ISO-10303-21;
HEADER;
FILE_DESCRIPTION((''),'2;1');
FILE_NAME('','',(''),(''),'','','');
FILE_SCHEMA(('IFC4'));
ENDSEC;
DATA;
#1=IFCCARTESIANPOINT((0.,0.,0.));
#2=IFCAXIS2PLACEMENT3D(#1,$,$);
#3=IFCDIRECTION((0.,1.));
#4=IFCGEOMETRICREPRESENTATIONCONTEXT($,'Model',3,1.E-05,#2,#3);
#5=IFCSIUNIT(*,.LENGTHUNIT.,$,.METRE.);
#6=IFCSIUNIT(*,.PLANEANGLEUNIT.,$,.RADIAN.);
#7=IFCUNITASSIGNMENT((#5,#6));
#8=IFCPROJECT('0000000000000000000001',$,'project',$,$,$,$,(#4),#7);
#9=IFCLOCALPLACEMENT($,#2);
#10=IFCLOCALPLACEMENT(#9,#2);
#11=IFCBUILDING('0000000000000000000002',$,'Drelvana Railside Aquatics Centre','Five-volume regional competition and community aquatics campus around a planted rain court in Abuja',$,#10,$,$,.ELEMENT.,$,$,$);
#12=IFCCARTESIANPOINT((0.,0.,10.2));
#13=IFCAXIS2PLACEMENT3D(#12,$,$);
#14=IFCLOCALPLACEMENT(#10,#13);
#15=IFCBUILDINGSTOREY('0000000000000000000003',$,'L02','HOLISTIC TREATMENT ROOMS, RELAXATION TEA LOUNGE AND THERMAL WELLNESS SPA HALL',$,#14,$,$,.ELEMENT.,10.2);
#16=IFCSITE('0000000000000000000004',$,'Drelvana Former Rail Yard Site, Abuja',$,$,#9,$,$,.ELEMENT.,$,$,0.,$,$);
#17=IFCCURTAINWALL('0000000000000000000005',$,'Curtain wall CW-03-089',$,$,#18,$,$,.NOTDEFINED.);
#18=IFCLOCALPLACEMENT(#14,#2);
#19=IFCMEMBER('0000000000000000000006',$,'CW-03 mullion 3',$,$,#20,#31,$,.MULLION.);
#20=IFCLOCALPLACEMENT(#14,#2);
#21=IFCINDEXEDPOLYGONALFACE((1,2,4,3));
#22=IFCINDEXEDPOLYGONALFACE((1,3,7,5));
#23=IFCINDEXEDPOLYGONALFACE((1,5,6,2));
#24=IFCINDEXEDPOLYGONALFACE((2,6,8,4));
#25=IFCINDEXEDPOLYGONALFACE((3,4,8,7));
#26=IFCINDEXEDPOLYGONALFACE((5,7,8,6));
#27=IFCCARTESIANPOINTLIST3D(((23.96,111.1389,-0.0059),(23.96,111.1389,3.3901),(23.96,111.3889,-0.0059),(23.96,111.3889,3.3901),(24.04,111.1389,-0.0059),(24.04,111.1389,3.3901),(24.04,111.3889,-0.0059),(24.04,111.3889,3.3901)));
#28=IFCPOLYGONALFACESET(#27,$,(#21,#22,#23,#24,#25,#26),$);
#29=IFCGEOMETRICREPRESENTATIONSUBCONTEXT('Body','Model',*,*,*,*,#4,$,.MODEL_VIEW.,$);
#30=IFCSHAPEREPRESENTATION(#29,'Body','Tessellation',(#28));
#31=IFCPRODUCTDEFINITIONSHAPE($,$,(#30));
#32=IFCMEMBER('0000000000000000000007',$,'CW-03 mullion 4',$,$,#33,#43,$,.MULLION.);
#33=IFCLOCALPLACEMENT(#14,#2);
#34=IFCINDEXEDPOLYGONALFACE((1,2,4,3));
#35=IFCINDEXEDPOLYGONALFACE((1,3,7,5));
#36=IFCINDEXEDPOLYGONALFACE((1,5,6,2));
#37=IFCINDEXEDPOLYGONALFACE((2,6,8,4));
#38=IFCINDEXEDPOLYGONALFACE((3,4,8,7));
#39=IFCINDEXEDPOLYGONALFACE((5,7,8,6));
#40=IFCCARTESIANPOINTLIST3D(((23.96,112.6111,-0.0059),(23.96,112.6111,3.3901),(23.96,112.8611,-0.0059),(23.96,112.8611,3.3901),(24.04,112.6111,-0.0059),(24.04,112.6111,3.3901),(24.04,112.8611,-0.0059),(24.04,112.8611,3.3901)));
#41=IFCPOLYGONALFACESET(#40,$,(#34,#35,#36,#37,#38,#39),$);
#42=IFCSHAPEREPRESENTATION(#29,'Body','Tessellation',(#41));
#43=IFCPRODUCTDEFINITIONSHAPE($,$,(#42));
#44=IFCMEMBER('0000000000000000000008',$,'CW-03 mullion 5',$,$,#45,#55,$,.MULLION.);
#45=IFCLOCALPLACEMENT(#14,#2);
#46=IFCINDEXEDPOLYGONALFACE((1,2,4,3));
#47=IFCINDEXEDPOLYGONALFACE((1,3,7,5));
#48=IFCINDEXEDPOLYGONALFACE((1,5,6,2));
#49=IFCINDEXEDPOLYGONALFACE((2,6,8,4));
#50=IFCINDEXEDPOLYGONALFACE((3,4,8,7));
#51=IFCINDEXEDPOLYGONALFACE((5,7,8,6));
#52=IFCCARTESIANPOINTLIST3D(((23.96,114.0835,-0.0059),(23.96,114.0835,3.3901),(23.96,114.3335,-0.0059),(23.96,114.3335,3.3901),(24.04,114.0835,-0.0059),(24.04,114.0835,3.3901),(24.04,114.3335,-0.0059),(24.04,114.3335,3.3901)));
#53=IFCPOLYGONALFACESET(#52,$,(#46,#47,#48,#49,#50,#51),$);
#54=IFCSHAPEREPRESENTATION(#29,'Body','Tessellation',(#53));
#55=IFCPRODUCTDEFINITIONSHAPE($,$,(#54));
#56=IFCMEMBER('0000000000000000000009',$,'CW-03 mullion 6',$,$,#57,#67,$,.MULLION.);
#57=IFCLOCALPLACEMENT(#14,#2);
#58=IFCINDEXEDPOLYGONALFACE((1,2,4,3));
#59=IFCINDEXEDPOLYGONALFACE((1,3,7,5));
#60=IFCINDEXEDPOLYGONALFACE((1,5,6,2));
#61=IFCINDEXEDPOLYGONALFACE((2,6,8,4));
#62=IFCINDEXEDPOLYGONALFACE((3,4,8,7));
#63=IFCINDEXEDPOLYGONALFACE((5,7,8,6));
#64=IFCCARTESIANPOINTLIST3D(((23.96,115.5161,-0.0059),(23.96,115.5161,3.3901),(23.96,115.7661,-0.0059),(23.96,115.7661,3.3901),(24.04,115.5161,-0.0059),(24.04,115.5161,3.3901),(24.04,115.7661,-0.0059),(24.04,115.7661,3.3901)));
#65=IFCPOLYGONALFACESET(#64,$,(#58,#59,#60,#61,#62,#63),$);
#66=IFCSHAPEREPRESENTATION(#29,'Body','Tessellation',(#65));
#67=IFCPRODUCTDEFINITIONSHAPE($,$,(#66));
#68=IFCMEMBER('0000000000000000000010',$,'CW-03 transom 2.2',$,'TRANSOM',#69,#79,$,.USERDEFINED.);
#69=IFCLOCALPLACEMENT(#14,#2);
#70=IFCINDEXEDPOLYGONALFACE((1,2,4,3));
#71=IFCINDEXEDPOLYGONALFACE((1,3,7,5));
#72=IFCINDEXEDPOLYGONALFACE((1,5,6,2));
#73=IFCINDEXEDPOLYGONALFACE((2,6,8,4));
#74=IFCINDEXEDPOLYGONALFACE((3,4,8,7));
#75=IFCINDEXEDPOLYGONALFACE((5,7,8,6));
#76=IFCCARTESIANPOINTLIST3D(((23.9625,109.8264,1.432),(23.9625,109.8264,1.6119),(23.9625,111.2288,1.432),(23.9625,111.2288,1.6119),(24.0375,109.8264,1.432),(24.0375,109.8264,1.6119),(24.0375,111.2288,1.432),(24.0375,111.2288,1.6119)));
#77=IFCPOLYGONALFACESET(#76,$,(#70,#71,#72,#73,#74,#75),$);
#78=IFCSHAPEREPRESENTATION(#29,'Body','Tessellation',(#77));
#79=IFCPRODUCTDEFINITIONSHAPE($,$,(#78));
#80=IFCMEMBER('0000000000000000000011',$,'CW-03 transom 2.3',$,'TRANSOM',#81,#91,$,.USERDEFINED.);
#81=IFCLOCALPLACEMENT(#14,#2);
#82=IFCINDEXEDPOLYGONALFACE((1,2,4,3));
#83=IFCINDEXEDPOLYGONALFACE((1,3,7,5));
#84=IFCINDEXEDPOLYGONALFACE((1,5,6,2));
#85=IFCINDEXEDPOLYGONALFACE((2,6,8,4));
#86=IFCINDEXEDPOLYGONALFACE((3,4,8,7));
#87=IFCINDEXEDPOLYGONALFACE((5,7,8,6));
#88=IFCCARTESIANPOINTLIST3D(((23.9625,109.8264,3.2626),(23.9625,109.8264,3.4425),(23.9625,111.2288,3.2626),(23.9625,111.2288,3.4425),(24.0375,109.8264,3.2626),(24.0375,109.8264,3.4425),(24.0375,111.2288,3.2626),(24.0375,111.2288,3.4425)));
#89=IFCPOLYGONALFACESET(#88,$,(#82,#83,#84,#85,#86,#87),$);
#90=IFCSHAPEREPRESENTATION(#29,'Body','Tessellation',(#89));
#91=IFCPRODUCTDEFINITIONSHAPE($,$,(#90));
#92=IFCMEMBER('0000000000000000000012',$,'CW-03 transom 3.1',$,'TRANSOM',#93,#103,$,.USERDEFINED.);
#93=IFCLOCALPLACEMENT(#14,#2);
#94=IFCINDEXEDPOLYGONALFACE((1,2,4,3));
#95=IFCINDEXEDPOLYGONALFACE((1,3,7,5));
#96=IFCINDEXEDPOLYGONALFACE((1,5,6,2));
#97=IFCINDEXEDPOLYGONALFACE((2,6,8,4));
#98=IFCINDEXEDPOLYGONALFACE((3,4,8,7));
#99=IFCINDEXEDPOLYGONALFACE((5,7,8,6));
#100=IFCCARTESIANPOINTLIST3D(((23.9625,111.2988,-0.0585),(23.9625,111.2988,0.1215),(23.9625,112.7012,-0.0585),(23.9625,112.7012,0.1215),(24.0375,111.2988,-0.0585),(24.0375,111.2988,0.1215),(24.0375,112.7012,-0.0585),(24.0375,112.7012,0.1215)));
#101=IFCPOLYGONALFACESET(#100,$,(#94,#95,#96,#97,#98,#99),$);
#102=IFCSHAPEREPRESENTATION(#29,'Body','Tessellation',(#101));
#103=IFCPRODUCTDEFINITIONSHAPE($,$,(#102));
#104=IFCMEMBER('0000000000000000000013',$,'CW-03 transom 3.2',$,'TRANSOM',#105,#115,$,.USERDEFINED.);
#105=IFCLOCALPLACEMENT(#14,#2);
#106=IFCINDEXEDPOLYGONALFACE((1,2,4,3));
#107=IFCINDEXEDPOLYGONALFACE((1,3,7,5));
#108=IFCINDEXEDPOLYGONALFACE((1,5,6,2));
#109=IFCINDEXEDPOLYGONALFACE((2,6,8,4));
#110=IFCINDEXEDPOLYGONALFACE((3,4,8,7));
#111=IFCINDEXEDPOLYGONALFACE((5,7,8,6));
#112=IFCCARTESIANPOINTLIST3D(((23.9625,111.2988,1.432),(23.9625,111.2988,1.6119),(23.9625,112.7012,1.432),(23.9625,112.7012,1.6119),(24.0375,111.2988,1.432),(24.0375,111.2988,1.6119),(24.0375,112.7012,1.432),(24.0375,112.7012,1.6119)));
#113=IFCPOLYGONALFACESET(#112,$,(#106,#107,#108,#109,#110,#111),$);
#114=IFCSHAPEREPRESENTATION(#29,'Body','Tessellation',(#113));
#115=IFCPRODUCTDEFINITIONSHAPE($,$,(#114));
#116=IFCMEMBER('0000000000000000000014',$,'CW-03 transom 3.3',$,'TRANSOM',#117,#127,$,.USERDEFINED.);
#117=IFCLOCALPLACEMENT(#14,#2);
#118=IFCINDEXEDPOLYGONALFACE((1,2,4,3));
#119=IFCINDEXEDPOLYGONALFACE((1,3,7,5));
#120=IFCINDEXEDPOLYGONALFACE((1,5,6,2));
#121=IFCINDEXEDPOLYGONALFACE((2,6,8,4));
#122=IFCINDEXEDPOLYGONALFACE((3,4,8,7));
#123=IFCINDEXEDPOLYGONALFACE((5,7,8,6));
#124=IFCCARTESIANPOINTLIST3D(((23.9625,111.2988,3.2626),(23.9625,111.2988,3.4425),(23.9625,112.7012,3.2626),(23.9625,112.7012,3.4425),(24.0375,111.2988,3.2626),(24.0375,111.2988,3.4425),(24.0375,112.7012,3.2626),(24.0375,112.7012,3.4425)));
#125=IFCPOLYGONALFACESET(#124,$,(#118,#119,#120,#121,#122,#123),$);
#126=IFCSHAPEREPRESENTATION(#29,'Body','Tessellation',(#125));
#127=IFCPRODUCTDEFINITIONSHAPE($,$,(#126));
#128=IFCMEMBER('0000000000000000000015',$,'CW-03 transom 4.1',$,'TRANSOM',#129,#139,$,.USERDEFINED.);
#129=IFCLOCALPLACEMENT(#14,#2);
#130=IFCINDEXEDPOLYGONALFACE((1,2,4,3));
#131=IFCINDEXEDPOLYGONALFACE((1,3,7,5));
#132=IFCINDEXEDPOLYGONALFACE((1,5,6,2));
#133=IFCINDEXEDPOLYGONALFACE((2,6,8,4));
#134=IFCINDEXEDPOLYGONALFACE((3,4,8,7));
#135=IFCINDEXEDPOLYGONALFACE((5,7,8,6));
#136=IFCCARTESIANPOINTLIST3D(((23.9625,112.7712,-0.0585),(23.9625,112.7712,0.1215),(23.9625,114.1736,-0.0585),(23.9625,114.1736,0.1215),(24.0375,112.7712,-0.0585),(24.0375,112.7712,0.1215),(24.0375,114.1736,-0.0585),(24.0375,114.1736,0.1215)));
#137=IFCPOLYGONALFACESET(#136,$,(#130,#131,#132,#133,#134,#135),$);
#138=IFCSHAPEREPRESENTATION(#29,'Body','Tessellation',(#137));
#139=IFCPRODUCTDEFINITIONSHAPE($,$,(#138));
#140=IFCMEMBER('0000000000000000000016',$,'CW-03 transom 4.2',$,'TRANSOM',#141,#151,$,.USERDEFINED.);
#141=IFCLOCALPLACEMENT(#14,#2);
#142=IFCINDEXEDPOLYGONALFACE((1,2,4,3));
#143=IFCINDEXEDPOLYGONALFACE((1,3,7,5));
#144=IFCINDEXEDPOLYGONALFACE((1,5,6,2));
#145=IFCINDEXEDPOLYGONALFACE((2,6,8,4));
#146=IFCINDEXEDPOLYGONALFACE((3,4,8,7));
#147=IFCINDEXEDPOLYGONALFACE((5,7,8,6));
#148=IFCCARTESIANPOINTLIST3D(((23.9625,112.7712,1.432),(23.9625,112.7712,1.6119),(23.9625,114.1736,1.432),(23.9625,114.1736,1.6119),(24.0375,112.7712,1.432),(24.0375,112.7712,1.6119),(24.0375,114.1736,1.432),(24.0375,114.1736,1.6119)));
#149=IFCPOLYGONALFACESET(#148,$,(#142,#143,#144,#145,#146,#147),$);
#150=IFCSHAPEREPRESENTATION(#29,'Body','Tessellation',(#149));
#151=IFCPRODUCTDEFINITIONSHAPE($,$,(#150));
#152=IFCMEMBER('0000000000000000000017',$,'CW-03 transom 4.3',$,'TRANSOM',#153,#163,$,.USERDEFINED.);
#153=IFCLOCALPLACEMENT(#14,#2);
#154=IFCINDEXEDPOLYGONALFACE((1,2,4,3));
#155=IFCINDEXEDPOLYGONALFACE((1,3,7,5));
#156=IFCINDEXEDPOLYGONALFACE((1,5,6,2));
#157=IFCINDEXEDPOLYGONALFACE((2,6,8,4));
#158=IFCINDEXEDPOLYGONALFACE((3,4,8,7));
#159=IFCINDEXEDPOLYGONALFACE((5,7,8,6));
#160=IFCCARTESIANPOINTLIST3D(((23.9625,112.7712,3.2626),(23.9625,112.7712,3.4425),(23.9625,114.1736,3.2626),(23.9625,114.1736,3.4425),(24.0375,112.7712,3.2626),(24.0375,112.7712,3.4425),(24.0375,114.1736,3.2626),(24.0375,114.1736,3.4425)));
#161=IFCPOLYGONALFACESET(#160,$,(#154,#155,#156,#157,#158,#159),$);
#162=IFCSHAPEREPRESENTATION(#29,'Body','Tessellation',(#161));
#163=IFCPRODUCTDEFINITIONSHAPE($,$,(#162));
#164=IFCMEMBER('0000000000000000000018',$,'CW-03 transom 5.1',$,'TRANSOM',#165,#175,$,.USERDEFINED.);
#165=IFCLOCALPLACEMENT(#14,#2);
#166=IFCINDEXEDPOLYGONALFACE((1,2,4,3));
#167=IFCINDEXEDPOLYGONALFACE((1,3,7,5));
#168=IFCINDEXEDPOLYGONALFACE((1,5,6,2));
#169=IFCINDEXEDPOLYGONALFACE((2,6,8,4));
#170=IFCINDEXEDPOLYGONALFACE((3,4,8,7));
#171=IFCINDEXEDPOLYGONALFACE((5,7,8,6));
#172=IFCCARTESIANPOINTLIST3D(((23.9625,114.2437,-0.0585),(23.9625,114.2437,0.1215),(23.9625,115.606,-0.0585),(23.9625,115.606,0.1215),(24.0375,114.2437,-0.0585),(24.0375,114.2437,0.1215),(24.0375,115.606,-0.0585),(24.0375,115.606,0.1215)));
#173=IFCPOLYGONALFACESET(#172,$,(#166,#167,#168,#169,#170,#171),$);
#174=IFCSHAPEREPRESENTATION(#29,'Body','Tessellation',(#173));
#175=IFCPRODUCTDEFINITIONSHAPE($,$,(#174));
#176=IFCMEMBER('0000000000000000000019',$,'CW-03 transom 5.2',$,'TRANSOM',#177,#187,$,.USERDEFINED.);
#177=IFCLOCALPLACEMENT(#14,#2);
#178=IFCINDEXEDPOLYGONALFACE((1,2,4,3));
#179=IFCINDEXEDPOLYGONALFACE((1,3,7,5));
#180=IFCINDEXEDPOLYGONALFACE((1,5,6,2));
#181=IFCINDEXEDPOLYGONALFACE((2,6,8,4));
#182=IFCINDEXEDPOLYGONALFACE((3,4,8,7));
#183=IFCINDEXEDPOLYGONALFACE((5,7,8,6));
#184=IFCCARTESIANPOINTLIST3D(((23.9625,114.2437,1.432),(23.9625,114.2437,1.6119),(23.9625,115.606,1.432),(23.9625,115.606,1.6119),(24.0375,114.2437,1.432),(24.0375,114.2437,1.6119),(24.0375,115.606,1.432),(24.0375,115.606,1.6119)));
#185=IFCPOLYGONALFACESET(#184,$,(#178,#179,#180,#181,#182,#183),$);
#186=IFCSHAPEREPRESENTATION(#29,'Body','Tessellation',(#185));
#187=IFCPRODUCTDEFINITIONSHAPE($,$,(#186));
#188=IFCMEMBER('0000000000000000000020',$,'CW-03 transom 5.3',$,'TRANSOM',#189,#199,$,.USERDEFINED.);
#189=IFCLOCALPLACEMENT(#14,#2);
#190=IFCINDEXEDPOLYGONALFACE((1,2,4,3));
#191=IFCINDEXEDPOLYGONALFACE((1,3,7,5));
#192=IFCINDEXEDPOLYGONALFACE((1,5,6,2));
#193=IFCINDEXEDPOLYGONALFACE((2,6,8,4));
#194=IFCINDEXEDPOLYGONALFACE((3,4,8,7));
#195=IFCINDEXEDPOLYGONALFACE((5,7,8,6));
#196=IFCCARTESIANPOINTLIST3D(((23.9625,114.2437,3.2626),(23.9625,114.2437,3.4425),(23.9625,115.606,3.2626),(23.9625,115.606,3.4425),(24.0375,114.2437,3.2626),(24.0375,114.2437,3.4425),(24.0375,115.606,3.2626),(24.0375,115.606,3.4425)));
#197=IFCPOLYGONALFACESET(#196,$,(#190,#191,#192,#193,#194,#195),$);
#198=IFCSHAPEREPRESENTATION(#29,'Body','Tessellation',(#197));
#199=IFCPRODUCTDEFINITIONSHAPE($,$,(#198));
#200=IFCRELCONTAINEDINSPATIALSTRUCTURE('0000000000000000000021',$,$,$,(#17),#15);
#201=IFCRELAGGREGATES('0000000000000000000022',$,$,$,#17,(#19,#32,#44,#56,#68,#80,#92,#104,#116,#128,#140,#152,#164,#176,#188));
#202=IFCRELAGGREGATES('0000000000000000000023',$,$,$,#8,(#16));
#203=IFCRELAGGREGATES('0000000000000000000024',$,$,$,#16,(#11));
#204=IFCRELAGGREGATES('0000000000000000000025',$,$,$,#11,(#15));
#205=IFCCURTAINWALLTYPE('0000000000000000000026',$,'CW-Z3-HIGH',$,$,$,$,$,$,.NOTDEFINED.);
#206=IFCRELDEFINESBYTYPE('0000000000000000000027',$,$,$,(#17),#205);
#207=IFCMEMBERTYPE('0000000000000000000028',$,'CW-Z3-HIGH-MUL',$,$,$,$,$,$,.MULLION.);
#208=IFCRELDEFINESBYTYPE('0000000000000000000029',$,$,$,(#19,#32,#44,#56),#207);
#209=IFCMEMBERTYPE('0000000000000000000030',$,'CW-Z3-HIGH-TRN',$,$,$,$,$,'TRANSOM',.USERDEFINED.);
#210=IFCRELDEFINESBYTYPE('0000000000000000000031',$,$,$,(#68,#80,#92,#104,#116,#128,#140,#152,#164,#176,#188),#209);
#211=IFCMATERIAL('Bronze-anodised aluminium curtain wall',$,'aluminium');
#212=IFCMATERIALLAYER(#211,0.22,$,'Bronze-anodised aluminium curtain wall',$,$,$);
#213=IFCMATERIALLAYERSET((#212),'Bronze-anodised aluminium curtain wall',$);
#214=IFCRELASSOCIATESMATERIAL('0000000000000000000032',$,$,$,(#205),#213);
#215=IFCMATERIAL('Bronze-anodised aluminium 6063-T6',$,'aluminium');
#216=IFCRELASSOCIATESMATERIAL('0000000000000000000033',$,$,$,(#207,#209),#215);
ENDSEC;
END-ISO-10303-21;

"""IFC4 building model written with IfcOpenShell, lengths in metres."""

from ifc_helpers import new_model, si_unit, direction, frame, origin, origin_2d, place, context, subcontext, project, spatial, rectangle, extrude, material, layer, layer_set, material_profile, profile_set, type_object, element, aggregate, save


model = new_model("IFC4")

# Units and contexts
model_context = context("Model", 3, precision=1e-05, world=origin(), true_north=direction((0.0, 1.0)))
body_context = subcontext(model_context, "Body", "Model", "MODEL_VIEW")
ifc_project = project(units=[si_unit("LENGTHUNIT", "METRE"), si_unit("PLANEANGLEUNIT", "RADIAN")], contexts=[model_context])

# Site, building, storey
site_placement = place(None, origin())
site = spatial("IfcSite", under=ifc_project, at=site_placement, Name="Drelvana Former Rail Yard Site, Abuja", CompositionType="ELEMENT", RefElevation=0.0)
building_placement = place(site_placement, origin())
building = spatial("IfcBuilding", under=site, at=building_placement, Name="Drelvana Railside Aquatics Centre", Description="Five-volume regional competition and community aquatics campus around a planted rain court in Abuja", CompositionType="ELEMENT")
storey_placement = place(building_placement, frame((0.0, 0.0, 10.2)))
storey = spatial("IfcBuildingStorey", under=building, at=storey_placement, Name="L02", Description="HOLISTIC TREATMENT ROOMS, RELAXATION TEA LOUNGE AND THERMAL WELLNESS SPA HALL", CompositionType="ELEMENT", Elevation=10.2)

# Curtain wall, members
ifc_material_1 = material(Name="Bronze-anodised aluminium curtain wall", Category="aluminium")
ifc_layer_1 = layer(ifc_material_1, 0.22, Name="Bronze-anodised aluminium curtain wall")
ifc_layer_set_1 = layer_set([ifc_layer_1], Name="Bronze-anodised aluminium curtain wall")
curtain_wall_type = type_object("IfcCurtainWallType", Name="CW-Z3-HIGH", PredefinedType="NOTDEFINED", material=ifc_layer_set_1)
curtain_wall_placement = place(storey_placement, origin())
curtain_wall = element("IfcCurtainWall", 1, at=curtain_wall_placement, inside=storey, type_object=curtain_wall_type, Name="Curtain wall CW-03-089", PredefinedType="NOTDEFINED")
ifc_material_2 = material(Name="Bronze-anodised aluminium 6063-T6", Category="aluminium")
ifc_material_profile_1 = material_profile(ifc_material_2, rectangle(XDim=0.0801, YDim=0.25, at=origin_2d()), Name="ALU-M 80x250")
ifc_profile_set_1 = profile_set([ifc_material_profile_1], Name="Bronze-anodised aluminium 6063-T6")
member_type_1 = type_object("IfcMemberType", Name="CW-Z3-HIGH-MUL", PredefinedType="MULLION", material=ifc_profile_set_1)
member_1_placement = place(storey_placement, frame((24.0, 111.2639, -0.0059), z_axis=(0.0, 0.0, 1.0), x_axis=(-1.0, 0.0, 0.0)))
member_1 = element("IfcMember", 2, at=member_1_placement, type_object=member_type_1, Name="CW-03 mullion 3", PredefinedType="MULLION", context=body_context, shape_type="SweptSolid", body=[
    extrude(rectangle(XDim=0.0801, YDim=0.25, at=origin_2d()), origin(), (0.0, 0.0, 1.0), 3.396),
])
member_2_placement = place(storey_placement, frame((24.0, 112.7361, -0.0059), z_axis=(0.0, 0.0, 1.0), x_axis=(-1.0, 0.0, 0.0)))
member_2 = element("IfcMember", 3, at=member_2_placement, type_object=member_type_1, Name="CW-03 mullion 4", PredefinedType="MULLION", context=body_context, shape_type="SweptSolid", body=[
    extrude(rectangle(XDim=0.0801, YDim=0.25, at=origin_2d()), origin(), (0.0, 0.0, 1.0), 3.396),
])
member_3_placement = place(storey_placement, frame((24.0, 114.2085, -0.0059), z_axis=(0.0, 0.0, 1.0), x_axis=(-1.0, 0.0, 0.0)))
member_3 = element("IfcMember", 4, at=member_3_placement, type_object=member_type_1, Name="CW-03 mullion 5", PredefinedType="MULLION", context=body_context, shape_type="SweptSolid", body=[
    extrude(rectangle(XDim=0.0801, YDim=0.25, at=origin_2d()), origin(), (0.0, 0.0, 1.0), 3.396),
])
member_4_placement = place(storey_placement, frame((24.0, 115.6411, -0.0059), z_axis=(0.0, 0.0, 1.0), x_axis=(-1.0, 0.0, 0.0)))
member_4 = element("IfcMember", 5, at=member_4_placement, type_object=member_type_1, Name="CW-03 mullion 6", PredefinedType="MULLION", context=body_context, shape_type="SweptSolid", body=[
    extrude(rectangle(XDim=0.0801, YDim=0.25, at=origin_2d()), origin(), (0.0, 0.0, 1.0), 3.396),
])
ifc_material_profile_2 = material_profile(ifc_material_2, rectangle(XDim=0.1799, YDim=0.075, at=origin_2d()), Name="ALU-T 75x180")
ifc_profile_set_2 = profile_set([ifc_material_profile_2], Name="Bronze-anodised aluminium 6063-T6")
member_type_2 = type_object("IfcMemberType", Name="CW-Z3-HIGH-TRN", ElementType="TRANSOM", PredefinedType="USERDEFINED", material=ifc_profile_set_2)
member_5_placement = place(storey_placement, frame((24.0, 109.8264, 1.522), z_axis=(0.0, 1.0, 0.0), x_axis=(0.0, 0.0, 1.0)))
member_5 = element("IfcMember", 6, at=member_5_placement, type_object=member_type_2, Name="CW-03 transom 2.2", ObjectType="TRANSOM", PredefinedType="USERDEFINED", context=body_context, shape_type="SweptSolid", body=[
    extrude(rectangle(XDim=0.1799, YDim=0.075, at=origin_2d()), origin(), (0.0, 0.0, 1.0), 1.4023),
])
member_6_placement = place(storey_placement, frame((24.0, 109.8264, 3.3525), z_axis=(0.0, 1.0, 0.0), x_axis=(0.0, 0.0, 1.0)))
member_6 = element("IfcMember", 7, at=member_6_placement, type_object=member_type_2, Name="CW-03 transom 2.3", ObjectType="TRANSOM", PredefinedType="USERDEFINED", context=body_context, shape_type="SweptSolid", body=[
    extrude(rectangle(XDim=0.1799, YDim=0.075, at=origin_2d()), origin(), (0.0, 0.0, 1.0), 1.4023),
])
member_7_placement = place(storey_placement, frame((24.0, 111.2988, 0.0315), z_axis=(0.0, 1.0, 0.0), x_axis=(0.0, 0.0, 1.0)))
member_7 = element("IfcMember", 8, at=member_7_placement, type_object=member_type_2, Name="CW-03 transom 3.1", ObjectType="TRANSOM", PredefinedType="USERDEFINED", context=body_context, shape_type="SweptSolid", body=[
    extrude(rectangle(XDim=0.1799, YDim=0.075, at=origin_2d()), origin(), (0.0, 0.0, 1.0), 1.4023),
])
member_8_placement = place(storey_placement, frame((24.0, 111.2988, 1.522), z_axis=(0.0, 1.0, 0.0), x_axis=(0.0, 0.0, 1.0)))
member_8 = element("IfcMember", 9, at=member_8_placement, type_object=member_type_2, Name="CW-03 transom 3.2", ObjectType="TRANSOM", PredefinedType="USERDEFINED", context=body_context, shape_type="SweptSolid", body=[
    extrude(rectangle(XDim=0.1799, YDim=0.075, at=origin_2d()), origin(), (0.0, 0.0, 1.0), 1.4023),
])
member_9_placement = place(storey_placement, frame((24.0, 111.2988, 3.3525), z_axis=(0.0, 1.0, 0.0), x_axis=(0.0, 0.0, 1.0)))
member_9 = element("IfcMember", 10, at=member_9_placement, type_object=member_type_2, Name="CW-03 transom 3.3", ObjectType="TRANSOM", PredefinedType="USERDEFINED", context=body_context, shape_type="SweptSolid", body=[
    extrude(rectangle(XDim=0.1799, YDim=0.075, at=origin_2d()), origin(), (0.0, 0.0, 1.0), 1.4023),
])
member_10_placement = place(storey_placement, frame((24.0, 112.7712, 0.0315), z_axis=(0.0, 1.0, 0.0), x_axis=(0.0, 0.0, 1.0)))
member_10 = element("IfcMember", 11, at=member_10_placement, type_object=member_type_2, Name="CW-03 transom 4.1", ObjectType="TRANSOM", PredefinedType="USERDEFINED", context=body_context, shape_type="SweptSolid", body=[
    extrude(rectangle(XDim=0.1799, YDim=0.075, at=origin_2d()), origin(), (0.0, 0.0, 1.0), 1.4023),
])
member_11_placement = place(storey_placement, frame((24.0, 112.7712, 1.522), z_axis=(0.0, 1.0, 0.0), x_axis=(0.0, 0.0, 1.0)))
member_11 = element("IfcMember", 12, at=member_11_placement, type_object=member_type_2, Name="CW-03 transom 4.2", ObjectType="TRANSOM", PredefinedType="USERDEFINED", context=body_context, shape_type="SweptSolid", body=[
    extrude(rectangle(XDim=0.1799, YDim=0.075, at=origin_2d()), origin(), (0.0, 0.0, 1.0), 1.4023),
])
member_12_placement = place(storey_placement, frame((24.0, 112.7712, 3.3525), z_axis=(0.0, 1.0, 0.0), x_axis=(0.0, 0.0, 1.0)))
member_12 = element("IfcMember", 13, at=member_12_placement, type_object=member_type_2, Name="CW-03 transom 4.3", ObjectType="TRANSOM", PredefinedType="USERDEFINED", context=body_context, shape_type="SweptSolid", body=[
    extrude(rectangle(XDim=0.1799, YDim=0.075, at=origin_2d()), origin(), (0.0, 0.0, 1.0), 1.4023),
])
member_13_placement = place(storey_placement, frame((24.0, 114.2437, 0.0315), z_axis=(0.0, 1.0, 0.0), x_axis=(0.0, 0.0, 1.0)))
member_13 = element("IfcMember", 14, at=member_13_placement, type_object=member_type_2, Name="CW-03 transom 5.1", ObjectType="TRANSOM", PredefinedType="USERDEFINED", context=body_context, shape_type="SweptSolid", body=[
    extrude(rectangle(XDim=0.1799, YDim=0.075, at=origin_2d()), origin(), (0.0, 0.0, 1.0), 1.3623),
])
member_14_placement = place(storey_placement, frame((24.0, 114.2437, 1.522), z_axis=(0.0, 1.0, 0.0), x_axis=(0.0, 0.0, 1.0)))
member_14 = element("IfcMember", 15, at=member_14_placement, type_object=member_type_2, Name="CW-03 transom 5.2", ObjectType="TRANSOM", PredefinedType="USERDEFINED", context=body_context, shape_type="SweptSolid", body=[
    extrude(rectangle(XDim=0.1799, YDim=0.075, at=origin_2d()), origin(), (0.0, 0.0, 1.0), 1.3623),
])
member_15_placement = place(storey_placement, frame((24.0, 114.2437, 3.3525), z_axis=(0.0, 1.0, 0.0), x_axis=(0.0, 0.0, 1.0)))
member_15 = element("IfcMember", 16, at=member_15_placement, type_object=member_type_2, Name="CW-03 transom 5.3", ObjectType="TRANSOM", PredefinedType="USERDEFINED", context=body_context, shape_type="SweptSolid", body=[
    extrude(rectangle(XDim=0.1799, YDim=0.075, at=origin_2d()), origin(), (0.0, 0.0, 1.0), 1.3623),
])
aggregate(curtain_wall, [member_1, member_2, member_3, member_4, member_5, member_6, member_7, member_8, member_9, member_10, member_11, member_12, member_13, member_14, member_15])

save(model, "model.ifc")
